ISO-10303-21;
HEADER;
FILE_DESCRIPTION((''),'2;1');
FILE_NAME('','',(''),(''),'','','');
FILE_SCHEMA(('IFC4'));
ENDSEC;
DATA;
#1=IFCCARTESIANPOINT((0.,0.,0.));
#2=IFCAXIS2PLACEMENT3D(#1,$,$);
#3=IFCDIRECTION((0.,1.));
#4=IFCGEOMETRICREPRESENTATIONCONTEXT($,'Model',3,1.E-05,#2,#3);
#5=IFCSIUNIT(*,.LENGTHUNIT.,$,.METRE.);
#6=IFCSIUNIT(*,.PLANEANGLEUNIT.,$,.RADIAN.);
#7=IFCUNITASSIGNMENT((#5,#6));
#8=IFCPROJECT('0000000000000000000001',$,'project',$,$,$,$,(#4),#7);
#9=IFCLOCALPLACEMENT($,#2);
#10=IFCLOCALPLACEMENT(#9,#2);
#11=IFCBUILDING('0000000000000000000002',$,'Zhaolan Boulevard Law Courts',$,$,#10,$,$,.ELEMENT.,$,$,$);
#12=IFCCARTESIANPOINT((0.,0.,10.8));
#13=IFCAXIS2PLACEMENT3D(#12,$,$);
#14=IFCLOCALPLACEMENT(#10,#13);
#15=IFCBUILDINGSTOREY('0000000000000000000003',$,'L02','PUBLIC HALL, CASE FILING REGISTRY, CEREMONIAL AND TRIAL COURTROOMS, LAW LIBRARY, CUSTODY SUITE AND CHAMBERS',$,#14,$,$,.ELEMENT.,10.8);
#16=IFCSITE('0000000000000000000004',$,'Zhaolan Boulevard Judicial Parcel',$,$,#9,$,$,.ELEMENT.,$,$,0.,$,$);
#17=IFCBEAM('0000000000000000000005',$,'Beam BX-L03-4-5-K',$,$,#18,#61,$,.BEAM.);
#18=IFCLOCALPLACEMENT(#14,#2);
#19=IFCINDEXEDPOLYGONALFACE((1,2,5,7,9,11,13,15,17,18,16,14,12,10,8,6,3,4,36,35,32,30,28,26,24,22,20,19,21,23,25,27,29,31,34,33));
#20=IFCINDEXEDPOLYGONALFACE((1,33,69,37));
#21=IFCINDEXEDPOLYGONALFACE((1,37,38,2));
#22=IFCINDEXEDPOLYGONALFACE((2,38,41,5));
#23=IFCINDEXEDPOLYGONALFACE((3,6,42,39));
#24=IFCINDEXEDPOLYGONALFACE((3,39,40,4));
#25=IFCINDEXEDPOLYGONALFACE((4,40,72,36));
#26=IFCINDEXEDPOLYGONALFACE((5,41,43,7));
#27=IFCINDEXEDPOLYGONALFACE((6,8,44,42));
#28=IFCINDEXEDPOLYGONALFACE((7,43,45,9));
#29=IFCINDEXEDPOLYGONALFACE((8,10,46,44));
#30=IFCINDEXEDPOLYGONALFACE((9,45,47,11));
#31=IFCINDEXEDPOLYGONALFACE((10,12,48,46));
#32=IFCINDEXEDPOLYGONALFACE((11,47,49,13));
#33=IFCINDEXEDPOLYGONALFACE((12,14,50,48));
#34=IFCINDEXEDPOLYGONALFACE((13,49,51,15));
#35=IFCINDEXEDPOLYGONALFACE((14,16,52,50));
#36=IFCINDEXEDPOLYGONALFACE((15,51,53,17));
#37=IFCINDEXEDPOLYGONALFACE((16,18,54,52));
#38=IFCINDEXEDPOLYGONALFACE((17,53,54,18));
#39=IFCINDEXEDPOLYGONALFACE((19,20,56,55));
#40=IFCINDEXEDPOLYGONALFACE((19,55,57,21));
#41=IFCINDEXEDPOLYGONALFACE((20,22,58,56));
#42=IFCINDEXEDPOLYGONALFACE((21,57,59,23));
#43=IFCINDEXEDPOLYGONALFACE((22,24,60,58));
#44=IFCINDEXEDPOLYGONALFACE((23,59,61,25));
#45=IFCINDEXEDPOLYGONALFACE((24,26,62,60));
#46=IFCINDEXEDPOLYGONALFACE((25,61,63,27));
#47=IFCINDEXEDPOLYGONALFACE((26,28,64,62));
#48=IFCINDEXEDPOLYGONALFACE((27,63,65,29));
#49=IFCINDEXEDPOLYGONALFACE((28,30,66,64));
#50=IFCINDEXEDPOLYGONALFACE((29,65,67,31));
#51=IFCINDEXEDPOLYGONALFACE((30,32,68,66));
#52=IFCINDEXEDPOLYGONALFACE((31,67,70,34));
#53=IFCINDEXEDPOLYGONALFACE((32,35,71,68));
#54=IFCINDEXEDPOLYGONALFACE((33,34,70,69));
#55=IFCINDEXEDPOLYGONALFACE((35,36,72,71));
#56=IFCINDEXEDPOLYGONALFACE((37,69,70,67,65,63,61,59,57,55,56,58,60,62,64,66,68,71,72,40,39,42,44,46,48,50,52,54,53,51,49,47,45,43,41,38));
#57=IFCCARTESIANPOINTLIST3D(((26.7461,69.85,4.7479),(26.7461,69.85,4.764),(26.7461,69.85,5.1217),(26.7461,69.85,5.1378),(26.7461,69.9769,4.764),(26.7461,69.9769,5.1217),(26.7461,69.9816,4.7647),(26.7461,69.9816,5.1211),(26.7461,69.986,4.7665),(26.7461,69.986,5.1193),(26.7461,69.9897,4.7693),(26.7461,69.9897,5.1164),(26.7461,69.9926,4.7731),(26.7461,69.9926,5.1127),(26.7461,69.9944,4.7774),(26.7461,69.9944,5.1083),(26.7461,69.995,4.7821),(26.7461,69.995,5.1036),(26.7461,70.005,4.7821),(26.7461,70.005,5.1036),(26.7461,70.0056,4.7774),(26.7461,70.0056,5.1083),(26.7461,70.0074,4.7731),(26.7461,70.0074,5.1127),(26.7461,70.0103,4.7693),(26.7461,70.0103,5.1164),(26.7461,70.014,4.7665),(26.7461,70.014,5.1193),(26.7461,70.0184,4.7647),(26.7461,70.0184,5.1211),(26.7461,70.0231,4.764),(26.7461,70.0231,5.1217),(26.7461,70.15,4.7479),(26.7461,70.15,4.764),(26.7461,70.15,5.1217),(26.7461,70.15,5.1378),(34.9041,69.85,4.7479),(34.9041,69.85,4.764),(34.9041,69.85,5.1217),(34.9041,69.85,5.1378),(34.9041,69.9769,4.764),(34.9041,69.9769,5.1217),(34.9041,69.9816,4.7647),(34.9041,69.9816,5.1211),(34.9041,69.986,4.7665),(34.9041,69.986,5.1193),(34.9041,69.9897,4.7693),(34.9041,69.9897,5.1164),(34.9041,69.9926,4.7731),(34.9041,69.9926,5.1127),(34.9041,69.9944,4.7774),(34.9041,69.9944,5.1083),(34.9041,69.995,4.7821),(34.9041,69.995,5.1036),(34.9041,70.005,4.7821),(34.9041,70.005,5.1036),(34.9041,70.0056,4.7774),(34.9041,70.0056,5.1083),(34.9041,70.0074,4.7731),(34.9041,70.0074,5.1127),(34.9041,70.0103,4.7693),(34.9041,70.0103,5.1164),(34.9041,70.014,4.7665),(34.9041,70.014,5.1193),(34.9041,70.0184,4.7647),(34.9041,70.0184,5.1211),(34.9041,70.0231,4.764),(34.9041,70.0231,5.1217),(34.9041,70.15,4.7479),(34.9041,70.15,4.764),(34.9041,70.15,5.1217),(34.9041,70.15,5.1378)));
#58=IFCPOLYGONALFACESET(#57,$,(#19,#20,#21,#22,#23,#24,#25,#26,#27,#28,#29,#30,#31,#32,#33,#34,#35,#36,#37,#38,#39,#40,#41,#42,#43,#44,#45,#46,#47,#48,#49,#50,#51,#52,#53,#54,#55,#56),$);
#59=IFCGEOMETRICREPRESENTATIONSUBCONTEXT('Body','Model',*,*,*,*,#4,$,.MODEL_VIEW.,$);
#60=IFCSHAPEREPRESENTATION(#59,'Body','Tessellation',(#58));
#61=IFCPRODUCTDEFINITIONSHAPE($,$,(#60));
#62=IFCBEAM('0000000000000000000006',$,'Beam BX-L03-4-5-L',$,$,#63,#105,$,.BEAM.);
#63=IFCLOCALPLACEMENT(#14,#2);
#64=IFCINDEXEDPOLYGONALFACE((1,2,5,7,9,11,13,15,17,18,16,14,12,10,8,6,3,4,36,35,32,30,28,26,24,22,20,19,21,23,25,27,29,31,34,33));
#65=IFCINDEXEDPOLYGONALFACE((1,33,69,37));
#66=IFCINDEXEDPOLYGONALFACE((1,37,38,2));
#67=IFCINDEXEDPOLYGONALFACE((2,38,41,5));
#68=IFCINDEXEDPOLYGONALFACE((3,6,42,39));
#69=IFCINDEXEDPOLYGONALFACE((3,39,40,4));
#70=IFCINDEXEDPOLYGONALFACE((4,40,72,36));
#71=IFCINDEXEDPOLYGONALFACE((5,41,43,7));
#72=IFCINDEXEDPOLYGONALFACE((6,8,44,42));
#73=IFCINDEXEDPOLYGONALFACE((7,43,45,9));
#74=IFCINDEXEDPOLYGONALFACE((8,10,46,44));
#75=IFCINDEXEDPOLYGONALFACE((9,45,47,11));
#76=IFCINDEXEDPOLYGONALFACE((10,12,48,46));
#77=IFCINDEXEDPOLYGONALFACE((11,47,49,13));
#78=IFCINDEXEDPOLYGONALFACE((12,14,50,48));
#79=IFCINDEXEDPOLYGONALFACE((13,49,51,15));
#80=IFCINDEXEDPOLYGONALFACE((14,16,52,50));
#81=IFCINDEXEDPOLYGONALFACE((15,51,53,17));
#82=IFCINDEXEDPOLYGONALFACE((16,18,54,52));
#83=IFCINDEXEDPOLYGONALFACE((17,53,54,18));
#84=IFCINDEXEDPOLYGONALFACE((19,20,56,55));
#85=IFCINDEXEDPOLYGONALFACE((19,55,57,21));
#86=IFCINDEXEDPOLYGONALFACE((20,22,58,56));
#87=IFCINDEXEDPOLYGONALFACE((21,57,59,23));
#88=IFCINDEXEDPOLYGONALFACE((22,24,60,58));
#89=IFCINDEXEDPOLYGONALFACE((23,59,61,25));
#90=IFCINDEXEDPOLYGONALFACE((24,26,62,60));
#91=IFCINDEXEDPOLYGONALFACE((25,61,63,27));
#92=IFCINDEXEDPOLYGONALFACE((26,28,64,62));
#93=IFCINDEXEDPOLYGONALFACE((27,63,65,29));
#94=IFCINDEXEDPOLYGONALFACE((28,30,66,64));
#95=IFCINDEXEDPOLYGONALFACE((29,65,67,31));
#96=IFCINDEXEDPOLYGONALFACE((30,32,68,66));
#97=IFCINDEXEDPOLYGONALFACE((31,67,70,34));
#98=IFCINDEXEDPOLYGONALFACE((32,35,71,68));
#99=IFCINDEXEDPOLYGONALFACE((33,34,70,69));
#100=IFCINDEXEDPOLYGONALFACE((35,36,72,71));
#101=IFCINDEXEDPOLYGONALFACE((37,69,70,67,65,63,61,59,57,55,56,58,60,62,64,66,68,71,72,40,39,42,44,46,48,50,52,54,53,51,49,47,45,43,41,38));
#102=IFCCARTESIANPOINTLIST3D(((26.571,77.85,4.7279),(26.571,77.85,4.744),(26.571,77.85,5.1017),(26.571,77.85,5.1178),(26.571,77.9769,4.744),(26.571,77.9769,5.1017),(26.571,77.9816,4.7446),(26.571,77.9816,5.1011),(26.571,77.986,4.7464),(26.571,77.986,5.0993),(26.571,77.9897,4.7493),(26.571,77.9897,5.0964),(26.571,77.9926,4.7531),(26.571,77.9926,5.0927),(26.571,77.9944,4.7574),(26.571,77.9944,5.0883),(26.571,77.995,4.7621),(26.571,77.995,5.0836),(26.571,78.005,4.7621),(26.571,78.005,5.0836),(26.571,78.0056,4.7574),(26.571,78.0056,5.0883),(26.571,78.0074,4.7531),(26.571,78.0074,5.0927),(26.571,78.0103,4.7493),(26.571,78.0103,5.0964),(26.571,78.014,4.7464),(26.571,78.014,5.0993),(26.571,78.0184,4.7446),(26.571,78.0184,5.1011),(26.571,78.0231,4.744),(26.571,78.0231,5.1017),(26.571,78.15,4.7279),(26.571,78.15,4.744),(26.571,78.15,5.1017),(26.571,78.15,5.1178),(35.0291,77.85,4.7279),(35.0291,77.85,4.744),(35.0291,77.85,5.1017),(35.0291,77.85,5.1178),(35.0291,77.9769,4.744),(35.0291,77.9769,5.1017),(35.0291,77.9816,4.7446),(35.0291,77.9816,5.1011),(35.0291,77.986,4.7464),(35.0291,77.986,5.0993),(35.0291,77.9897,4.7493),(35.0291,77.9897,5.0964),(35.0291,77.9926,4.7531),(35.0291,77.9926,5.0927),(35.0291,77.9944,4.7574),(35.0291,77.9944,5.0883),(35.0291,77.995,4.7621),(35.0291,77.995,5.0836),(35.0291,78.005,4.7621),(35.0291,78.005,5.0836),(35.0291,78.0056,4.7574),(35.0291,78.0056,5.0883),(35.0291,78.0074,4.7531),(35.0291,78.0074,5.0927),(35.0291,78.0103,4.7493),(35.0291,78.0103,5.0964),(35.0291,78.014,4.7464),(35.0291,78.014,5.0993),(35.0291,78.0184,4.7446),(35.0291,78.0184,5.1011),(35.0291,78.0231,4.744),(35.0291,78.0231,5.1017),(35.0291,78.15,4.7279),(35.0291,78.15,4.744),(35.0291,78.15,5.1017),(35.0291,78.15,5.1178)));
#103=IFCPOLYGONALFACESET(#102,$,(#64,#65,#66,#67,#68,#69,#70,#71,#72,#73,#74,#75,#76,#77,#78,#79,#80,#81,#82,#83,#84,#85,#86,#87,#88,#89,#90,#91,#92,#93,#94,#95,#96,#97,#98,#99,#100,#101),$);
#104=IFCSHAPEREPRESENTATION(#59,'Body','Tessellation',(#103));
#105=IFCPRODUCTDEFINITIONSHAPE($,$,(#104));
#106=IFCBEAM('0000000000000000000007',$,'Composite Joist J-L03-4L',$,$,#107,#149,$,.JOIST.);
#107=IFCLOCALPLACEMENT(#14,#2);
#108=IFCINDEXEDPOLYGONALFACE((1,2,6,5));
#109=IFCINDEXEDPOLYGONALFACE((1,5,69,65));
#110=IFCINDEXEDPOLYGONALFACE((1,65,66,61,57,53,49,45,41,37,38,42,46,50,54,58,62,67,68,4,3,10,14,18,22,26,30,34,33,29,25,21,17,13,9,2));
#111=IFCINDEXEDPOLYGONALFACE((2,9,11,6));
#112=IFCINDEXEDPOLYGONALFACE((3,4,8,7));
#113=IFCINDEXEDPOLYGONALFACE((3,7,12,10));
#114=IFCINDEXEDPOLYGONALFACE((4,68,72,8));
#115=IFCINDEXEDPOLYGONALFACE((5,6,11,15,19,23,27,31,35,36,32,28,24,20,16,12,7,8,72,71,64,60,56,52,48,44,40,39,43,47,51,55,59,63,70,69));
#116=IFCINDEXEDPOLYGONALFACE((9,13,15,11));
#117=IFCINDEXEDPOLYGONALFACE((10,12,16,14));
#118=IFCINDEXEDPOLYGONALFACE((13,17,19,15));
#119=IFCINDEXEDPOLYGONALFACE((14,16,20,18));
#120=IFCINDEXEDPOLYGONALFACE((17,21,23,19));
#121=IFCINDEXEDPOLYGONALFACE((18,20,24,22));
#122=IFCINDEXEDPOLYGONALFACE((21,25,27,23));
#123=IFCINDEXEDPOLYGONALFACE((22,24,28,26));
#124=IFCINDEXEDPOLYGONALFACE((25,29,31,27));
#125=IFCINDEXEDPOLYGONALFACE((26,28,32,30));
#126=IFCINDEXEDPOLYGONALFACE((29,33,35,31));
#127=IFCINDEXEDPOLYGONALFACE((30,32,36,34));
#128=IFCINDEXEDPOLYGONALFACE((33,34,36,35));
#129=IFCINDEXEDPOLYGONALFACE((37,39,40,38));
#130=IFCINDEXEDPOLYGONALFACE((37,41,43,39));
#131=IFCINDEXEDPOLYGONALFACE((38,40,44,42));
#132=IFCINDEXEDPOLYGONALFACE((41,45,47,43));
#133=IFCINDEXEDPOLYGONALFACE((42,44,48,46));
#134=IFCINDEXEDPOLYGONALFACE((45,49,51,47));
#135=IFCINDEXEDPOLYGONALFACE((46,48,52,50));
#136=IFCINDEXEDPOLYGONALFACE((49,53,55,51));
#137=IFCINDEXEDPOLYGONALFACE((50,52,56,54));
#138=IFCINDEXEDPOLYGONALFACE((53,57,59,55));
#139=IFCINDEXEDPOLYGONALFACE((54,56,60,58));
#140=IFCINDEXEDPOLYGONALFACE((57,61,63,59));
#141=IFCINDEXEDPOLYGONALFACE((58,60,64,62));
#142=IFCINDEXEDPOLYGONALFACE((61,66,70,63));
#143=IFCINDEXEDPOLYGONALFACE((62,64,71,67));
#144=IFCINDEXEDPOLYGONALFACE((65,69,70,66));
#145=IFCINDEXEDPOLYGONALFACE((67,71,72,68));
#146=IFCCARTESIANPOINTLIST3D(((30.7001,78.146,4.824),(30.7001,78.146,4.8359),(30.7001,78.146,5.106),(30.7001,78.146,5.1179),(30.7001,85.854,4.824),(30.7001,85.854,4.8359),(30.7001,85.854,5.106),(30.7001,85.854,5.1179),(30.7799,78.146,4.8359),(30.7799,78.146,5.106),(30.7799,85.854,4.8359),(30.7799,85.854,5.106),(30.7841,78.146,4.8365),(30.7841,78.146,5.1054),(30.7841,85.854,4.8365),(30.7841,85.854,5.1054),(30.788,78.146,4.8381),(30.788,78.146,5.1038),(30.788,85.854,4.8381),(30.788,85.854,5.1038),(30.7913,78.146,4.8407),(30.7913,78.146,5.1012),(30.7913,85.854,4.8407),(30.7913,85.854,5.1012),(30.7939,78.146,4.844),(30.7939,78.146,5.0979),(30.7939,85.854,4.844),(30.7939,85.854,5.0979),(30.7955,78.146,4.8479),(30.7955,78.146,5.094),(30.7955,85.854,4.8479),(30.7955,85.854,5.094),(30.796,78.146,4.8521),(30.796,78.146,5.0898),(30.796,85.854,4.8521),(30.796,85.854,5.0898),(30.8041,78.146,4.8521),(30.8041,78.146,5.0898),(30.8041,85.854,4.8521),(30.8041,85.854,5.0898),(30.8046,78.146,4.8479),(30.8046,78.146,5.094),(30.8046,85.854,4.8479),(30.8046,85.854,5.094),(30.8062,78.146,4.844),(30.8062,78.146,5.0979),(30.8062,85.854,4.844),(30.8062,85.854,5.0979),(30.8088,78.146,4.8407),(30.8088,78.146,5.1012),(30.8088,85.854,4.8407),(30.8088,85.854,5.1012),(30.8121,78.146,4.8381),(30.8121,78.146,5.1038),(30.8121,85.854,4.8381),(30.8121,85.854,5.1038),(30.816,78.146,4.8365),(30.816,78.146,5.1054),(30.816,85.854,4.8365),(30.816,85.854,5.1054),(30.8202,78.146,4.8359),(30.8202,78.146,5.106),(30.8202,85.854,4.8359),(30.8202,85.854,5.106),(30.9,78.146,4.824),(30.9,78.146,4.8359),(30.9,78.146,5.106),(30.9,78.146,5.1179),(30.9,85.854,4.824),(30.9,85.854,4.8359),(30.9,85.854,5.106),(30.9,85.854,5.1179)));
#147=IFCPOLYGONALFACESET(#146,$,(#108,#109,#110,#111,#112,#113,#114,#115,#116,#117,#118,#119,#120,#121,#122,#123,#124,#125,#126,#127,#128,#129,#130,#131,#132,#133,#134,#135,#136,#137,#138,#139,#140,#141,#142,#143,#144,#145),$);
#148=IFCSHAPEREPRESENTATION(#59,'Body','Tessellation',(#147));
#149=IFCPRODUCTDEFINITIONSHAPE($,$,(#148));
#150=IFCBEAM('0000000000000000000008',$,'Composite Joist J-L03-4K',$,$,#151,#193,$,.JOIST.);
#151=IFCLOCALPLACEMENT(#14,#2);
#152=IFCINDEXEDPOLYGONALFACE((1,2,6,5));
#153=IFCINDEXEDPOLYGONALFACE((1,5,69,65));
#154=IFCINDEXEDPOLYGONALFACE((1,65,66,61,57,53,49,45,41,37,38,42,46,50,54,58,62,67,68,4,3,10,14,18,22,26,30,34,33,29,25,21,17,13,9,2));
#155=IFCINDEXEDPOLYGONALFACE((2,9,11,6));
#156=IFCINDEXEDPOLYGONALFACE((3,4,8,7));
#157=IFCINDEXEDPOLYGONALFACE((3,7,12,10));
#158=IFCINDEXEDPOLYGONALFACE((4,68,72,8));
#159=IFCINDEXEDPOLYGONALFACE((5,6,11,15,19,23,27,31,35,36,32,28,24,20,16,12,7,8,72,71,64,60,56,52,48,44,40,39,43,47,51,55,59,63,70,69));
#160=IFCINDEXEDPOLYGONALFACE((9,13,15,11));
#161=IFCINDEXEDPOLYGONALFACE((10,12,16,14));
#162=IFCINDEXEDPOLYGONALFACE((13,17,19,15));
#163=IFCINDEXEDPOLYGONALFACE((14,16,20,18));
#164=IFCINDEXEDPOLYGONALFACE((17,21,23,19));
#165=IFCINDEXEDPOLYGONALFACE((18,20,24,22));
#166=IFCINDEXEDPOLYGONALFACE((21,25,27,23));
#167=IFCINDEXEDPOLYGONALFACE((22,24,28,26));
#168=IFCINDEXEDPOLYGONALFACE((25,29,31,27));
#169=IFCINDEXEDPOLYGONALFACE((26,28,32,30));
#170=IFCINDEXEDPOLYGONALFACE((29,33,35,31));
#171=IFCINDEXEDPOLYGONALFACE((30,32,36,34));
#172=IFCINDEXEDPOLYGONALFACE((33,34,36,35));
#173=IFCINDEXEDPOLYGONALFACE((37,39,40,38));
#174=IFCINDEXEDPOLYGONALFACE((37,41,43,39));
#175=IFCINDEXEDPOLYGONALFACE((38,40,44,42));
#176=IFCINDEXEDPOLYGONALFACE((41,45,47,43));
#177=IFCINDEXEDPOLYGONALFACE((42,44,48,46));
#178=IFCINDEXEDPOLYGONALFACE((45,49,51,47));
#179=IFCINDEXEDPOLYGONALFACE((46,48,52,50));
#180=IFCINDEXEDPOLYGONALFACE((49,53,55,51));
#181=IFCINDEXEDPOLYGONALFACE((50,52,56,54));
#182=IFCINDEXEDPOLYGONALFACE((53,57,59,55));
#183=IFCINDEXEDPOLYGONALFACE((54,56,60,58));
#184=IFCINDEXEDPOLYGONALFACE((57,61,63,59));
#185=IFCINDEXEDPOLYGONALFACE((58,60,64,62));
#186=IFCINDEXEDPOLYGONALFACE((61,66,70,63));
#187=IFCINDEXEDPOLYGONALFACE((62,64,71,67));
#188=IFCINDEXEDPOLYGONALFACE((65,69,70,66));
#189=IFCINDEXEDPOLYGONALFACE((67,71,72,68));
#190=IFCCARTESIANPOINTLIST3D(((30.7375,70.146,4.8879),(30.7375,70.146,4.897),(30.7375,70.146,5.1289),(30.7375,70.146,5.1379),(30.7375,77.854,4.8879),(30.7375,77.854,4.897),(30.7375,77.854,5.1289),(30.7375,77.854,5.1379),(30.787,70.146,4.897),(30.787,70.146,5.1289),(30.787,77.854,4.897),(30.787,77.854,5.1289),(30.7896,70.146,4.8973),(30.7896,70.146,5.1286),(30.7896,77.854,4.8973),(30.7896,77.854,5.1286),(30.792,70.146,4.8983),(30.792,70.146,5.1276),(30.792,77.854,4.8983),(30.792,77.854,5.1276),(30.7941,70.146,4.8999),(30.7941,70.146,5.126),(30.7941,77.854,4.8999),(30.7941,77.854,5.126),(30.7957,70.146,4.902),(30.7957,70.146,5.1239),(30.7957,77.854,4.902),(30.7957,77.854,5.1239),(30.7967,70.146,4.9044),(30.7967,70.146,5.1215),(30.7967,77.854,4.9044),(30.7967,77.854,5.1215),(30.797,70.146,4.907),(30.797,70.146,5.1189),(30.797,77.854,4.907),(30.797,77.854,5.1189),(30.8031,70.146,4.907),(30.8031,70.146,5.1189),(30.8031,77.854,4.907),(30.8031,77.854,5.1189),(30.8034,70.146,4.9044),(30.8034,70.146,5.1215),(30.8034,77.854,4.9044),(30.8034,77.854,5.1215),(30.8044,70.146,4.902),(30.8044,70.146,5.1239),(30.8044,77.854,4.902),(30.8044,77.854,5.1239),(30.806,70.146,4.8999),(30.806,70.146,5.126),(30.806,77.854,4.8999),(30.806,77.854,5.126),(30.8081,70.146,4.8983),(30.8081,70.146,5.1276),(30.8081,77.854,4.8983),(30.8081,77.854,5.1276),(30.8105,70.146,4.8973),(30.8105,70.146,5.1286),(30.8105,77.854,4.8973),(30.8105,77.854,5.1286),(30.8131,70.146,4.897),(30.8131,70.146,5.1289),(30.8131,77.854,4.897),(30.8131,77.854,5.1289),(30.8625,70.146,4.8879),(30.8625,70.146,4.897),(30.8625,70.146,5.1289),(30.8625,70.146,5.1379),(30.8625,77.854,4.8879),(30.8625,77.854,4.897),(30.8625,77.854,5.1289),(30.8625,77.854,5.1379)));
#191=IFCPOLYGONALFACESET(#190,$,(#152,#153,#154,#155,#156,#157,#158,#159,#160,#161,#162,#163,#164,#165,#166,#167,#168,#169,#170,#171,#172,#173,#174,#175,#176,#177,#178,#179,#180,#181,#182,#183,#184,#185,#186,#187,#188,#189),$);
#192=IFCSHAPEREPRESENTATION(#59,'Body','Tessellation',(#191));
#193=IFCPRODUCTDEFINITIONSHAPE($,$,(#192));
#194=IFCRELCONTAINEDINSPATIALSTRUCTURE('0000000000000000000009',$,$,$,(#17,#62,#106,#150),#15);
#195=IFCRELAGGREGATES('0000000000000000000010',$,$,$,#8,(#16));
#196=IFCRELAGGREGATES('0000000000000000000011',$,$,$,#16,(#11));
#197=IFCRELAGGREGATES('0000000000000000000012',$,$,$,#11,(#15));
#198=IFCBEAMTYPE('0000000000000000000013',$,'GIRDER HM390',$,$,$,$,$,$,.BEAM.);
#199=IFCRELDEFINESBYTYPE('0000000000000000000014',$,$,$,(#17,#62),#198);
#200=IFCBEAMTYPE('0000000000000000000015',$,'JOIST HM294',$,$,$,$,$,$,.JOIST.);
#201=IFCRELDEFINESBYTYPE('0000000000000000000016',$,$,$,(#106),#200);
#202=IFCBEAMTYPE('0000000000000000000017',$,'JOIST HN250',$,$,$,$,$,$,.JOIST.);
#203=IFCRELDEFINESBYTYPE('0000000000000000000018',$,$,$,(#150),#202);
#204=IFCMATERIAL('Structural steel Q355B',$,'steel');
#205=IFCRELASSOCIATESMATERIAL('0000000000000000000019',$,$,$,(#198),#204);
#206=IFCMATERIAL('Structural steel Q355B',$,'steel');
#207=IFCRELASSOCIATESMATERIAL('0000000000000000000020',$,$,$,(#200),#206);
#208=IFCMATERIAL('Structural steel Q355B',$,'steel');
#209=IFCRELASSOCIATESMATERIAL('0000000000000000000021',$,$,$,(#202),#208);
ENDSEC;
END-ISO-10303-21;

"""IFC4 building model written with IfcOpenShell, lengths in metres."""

from ifc_helpers import new_model, si_unit, direction, frame, origin, origin_2d, place, context, subcontext, project, spatial, i_section, extrude, material, material_profile, profile_set, type_object, element, save


model = new_model("IFC4")

# Units and contexts
model_context = context("Model", 3, precision=1e-05, world=origin(), true_north=direction((0.0, 1.0)))
body_context = subcontext(model_context, "Body", "Model", "MODEL_VIEW")
ifc_project = project(units=[si_unit("LENGTHUNIT", "METRE"), si_unit("PLANEANGLEUNIT", "RADIAN")], contexts=[model_context])

# Site, building, storey
site_placement = place(None, origin())
site = spatial("IfcSite", under=ifc_project, at=site_placement, Name="Zhaolan Boulevard Judicial Parcel", CompositionType="ELEMENT", RefElevation=0.0)
building_placement = place(site_placement, origin())
building = spatial("IfcBuilding", under=site, at=building_placement, Name="Zhaolan Boulevard Law Courts", CompositionType="ELEMENT")
storey_placement = place(building_placement, frame((0.0, 0.0, 10.8)))
storey = spatial("IfcBuildingStorey", under=building, at=storey_placement, Name="L02", Description="PUBLIC HALL, CASE FILING REGISTRY, CEREMONIAL AND TRIAL COURTROOMS, LAW LIBRARY, CUSTODY SUITE AND CHAMBERS", CompositionType="ELEMENT", Elevation=10.8)

# Beams
ifc_material_1 = material(Name="Structural steel Q355B", Category="steel")
ifc_material_profile_1 = material_profile(ifc_material_1, i_section(OverallWidth=0.3, OverallDepth=0.3899, WebThickness=0.01, FlangeThickness=0.0161, FilletRadius=0.0181, at=origin_2d()), Name="HM390x300")
ifc_profile_set_1 = profile_set([ifc_material_profile_1], Name="Structural steel Q355B")
beam_type_1 = type_object("IfcBeamType", Name="GIRDER HM390", PredefinedType="BEAM", material=ifc_profile_set_1)
beam_1_placement = place(storey_placement, frame((26.7461, 70.0, 4.9429), z_axis=(1.0, 0.0, 0.0), x_axis=(0.0, 1.0, 0.0)))
element("IfcBeam", 1, at=beam_1_placement, inside=storey, type_object=beam_type_1, Name="Beam BX-L03-4-5-K", PredefinedType="BEAM", context=body_context, shape_type="SweptSolid", body=[
    extrude(i_section(OverallWidth=0.3, OverallDepth=0.3899, WebThickness=0.01, FlangeThickness=0.0161, FilletRadius=0.0181, at=origin_2d()), origin(), (0.0, 0.0, 1.0), 8.158),
])
beam_2_placement = place(storey_placement, frame((26.571, 78.0, 4.9229), z_axis=(1.0, 0.0, 0.0), x_axis=(0.0, 1.0, 0.0)))
element("IfcBeam", 2, at=beam_2_placement, inside=storey, type_object=beam_type_1, Name="Beam BX-L03-4-5-L", PredefinedType="BEAM", context=body_context, shape_type="SweptSolid", body=[
    extrude(i_section(OverallWidth=0.3, OverallDepth=0.3899, WebThickness=0.01, FlangeThickness=0.0161, FilletRadius=0.0181, at=origin_2d()), origin(), (0.0, 0.0, 1.0), 8.458),
])
ifc_material_2 = material(Name="Structural steel Q355B", Category="steel")
ifc_material_profile_2 = material_profile(ifc_material_2, i_section(OverallWidth=0.2, OverallDepth=0.2939, WebThickness=0.0081, FlangeThickness=0.012, FilletRadius=0.0161, at=origin_2d()), Name="HM294x200")
ifc_profile_set_2 = profile_set([ifc_material_profile_2], Name="Structural steel Q355B")
beam_type_2 = type_object("IfcBeamType", Name="JOIST HM294", PredefinedType="JOIST", material=ifc_profile_set_2)
beam_3_placement = place(storey_placement, frame((30.8, 78.146, 4.9709), z_axis=(0.0, 1.0, 0.0), x_axis=(-1.0, 0.0, 0.0)))
element("IfcBeam", 3, at=beam_3_placement, inside=storey, type_object=beam_type_2, Name="Composite Joist J-L03-4L", PredefinedType="JOIST", context=body_context, shape_type="SweptSolid", body=[
    extrude(i_section(OverallWidth=0.2, OverallDepth=0.2939, WebThickness=0.0081, FlangeThickness=0.012, FilletRadius=0.0161, at=origin_2d()), origin(), (0.0, 0.0, 1.0), 7.708),
])
ifc_material_3 = material(Name="Structural steel Q355B", Category="steel")
ifc_material_profile_3 = material_profile(ifc_material_3, i_section(OverallWidth=0.125, OverallDepth=0.25, WebThickness=0.0061, FlangeThickness=0.009, FilletRadius=0.01, at=origin_2d()), Name="HN250x125")
ifc_profile_set_3 = profile_set([ifc_material_profile_3], Name="Structural steel Q355B")
beam_type_3 = type_object("IfcBeamType", Name="JOIST HN250", PredefinedType="JOIST", material=ifc_profile_set_3)
beam_4_placement = place(storey_placement, frame((30.8, 70.146, 5.0129), z_axis=(0.0, 1.0, 0.0), x_axis=(-1.0, 0.0, 0.0)))
element("IfcBeam", 4, at=beam_4_placement, inside=storey, type_object=beam_type_3, Name="Composite Joist J-L03-4K", PredefinedType="JOIST", context=body_context, shape_type="SweptSolid", body=[
    extrude(i_section(OverallWidth=0.125, OverallDepth=0.25, WebThickness=0.0061, FlangeThickness=0.009, FilletRadius=0.01, at=origin_2d()), origin(), (0.0, 0.0, 1.0), 7.708),
])

save(model, "model.ifc")
